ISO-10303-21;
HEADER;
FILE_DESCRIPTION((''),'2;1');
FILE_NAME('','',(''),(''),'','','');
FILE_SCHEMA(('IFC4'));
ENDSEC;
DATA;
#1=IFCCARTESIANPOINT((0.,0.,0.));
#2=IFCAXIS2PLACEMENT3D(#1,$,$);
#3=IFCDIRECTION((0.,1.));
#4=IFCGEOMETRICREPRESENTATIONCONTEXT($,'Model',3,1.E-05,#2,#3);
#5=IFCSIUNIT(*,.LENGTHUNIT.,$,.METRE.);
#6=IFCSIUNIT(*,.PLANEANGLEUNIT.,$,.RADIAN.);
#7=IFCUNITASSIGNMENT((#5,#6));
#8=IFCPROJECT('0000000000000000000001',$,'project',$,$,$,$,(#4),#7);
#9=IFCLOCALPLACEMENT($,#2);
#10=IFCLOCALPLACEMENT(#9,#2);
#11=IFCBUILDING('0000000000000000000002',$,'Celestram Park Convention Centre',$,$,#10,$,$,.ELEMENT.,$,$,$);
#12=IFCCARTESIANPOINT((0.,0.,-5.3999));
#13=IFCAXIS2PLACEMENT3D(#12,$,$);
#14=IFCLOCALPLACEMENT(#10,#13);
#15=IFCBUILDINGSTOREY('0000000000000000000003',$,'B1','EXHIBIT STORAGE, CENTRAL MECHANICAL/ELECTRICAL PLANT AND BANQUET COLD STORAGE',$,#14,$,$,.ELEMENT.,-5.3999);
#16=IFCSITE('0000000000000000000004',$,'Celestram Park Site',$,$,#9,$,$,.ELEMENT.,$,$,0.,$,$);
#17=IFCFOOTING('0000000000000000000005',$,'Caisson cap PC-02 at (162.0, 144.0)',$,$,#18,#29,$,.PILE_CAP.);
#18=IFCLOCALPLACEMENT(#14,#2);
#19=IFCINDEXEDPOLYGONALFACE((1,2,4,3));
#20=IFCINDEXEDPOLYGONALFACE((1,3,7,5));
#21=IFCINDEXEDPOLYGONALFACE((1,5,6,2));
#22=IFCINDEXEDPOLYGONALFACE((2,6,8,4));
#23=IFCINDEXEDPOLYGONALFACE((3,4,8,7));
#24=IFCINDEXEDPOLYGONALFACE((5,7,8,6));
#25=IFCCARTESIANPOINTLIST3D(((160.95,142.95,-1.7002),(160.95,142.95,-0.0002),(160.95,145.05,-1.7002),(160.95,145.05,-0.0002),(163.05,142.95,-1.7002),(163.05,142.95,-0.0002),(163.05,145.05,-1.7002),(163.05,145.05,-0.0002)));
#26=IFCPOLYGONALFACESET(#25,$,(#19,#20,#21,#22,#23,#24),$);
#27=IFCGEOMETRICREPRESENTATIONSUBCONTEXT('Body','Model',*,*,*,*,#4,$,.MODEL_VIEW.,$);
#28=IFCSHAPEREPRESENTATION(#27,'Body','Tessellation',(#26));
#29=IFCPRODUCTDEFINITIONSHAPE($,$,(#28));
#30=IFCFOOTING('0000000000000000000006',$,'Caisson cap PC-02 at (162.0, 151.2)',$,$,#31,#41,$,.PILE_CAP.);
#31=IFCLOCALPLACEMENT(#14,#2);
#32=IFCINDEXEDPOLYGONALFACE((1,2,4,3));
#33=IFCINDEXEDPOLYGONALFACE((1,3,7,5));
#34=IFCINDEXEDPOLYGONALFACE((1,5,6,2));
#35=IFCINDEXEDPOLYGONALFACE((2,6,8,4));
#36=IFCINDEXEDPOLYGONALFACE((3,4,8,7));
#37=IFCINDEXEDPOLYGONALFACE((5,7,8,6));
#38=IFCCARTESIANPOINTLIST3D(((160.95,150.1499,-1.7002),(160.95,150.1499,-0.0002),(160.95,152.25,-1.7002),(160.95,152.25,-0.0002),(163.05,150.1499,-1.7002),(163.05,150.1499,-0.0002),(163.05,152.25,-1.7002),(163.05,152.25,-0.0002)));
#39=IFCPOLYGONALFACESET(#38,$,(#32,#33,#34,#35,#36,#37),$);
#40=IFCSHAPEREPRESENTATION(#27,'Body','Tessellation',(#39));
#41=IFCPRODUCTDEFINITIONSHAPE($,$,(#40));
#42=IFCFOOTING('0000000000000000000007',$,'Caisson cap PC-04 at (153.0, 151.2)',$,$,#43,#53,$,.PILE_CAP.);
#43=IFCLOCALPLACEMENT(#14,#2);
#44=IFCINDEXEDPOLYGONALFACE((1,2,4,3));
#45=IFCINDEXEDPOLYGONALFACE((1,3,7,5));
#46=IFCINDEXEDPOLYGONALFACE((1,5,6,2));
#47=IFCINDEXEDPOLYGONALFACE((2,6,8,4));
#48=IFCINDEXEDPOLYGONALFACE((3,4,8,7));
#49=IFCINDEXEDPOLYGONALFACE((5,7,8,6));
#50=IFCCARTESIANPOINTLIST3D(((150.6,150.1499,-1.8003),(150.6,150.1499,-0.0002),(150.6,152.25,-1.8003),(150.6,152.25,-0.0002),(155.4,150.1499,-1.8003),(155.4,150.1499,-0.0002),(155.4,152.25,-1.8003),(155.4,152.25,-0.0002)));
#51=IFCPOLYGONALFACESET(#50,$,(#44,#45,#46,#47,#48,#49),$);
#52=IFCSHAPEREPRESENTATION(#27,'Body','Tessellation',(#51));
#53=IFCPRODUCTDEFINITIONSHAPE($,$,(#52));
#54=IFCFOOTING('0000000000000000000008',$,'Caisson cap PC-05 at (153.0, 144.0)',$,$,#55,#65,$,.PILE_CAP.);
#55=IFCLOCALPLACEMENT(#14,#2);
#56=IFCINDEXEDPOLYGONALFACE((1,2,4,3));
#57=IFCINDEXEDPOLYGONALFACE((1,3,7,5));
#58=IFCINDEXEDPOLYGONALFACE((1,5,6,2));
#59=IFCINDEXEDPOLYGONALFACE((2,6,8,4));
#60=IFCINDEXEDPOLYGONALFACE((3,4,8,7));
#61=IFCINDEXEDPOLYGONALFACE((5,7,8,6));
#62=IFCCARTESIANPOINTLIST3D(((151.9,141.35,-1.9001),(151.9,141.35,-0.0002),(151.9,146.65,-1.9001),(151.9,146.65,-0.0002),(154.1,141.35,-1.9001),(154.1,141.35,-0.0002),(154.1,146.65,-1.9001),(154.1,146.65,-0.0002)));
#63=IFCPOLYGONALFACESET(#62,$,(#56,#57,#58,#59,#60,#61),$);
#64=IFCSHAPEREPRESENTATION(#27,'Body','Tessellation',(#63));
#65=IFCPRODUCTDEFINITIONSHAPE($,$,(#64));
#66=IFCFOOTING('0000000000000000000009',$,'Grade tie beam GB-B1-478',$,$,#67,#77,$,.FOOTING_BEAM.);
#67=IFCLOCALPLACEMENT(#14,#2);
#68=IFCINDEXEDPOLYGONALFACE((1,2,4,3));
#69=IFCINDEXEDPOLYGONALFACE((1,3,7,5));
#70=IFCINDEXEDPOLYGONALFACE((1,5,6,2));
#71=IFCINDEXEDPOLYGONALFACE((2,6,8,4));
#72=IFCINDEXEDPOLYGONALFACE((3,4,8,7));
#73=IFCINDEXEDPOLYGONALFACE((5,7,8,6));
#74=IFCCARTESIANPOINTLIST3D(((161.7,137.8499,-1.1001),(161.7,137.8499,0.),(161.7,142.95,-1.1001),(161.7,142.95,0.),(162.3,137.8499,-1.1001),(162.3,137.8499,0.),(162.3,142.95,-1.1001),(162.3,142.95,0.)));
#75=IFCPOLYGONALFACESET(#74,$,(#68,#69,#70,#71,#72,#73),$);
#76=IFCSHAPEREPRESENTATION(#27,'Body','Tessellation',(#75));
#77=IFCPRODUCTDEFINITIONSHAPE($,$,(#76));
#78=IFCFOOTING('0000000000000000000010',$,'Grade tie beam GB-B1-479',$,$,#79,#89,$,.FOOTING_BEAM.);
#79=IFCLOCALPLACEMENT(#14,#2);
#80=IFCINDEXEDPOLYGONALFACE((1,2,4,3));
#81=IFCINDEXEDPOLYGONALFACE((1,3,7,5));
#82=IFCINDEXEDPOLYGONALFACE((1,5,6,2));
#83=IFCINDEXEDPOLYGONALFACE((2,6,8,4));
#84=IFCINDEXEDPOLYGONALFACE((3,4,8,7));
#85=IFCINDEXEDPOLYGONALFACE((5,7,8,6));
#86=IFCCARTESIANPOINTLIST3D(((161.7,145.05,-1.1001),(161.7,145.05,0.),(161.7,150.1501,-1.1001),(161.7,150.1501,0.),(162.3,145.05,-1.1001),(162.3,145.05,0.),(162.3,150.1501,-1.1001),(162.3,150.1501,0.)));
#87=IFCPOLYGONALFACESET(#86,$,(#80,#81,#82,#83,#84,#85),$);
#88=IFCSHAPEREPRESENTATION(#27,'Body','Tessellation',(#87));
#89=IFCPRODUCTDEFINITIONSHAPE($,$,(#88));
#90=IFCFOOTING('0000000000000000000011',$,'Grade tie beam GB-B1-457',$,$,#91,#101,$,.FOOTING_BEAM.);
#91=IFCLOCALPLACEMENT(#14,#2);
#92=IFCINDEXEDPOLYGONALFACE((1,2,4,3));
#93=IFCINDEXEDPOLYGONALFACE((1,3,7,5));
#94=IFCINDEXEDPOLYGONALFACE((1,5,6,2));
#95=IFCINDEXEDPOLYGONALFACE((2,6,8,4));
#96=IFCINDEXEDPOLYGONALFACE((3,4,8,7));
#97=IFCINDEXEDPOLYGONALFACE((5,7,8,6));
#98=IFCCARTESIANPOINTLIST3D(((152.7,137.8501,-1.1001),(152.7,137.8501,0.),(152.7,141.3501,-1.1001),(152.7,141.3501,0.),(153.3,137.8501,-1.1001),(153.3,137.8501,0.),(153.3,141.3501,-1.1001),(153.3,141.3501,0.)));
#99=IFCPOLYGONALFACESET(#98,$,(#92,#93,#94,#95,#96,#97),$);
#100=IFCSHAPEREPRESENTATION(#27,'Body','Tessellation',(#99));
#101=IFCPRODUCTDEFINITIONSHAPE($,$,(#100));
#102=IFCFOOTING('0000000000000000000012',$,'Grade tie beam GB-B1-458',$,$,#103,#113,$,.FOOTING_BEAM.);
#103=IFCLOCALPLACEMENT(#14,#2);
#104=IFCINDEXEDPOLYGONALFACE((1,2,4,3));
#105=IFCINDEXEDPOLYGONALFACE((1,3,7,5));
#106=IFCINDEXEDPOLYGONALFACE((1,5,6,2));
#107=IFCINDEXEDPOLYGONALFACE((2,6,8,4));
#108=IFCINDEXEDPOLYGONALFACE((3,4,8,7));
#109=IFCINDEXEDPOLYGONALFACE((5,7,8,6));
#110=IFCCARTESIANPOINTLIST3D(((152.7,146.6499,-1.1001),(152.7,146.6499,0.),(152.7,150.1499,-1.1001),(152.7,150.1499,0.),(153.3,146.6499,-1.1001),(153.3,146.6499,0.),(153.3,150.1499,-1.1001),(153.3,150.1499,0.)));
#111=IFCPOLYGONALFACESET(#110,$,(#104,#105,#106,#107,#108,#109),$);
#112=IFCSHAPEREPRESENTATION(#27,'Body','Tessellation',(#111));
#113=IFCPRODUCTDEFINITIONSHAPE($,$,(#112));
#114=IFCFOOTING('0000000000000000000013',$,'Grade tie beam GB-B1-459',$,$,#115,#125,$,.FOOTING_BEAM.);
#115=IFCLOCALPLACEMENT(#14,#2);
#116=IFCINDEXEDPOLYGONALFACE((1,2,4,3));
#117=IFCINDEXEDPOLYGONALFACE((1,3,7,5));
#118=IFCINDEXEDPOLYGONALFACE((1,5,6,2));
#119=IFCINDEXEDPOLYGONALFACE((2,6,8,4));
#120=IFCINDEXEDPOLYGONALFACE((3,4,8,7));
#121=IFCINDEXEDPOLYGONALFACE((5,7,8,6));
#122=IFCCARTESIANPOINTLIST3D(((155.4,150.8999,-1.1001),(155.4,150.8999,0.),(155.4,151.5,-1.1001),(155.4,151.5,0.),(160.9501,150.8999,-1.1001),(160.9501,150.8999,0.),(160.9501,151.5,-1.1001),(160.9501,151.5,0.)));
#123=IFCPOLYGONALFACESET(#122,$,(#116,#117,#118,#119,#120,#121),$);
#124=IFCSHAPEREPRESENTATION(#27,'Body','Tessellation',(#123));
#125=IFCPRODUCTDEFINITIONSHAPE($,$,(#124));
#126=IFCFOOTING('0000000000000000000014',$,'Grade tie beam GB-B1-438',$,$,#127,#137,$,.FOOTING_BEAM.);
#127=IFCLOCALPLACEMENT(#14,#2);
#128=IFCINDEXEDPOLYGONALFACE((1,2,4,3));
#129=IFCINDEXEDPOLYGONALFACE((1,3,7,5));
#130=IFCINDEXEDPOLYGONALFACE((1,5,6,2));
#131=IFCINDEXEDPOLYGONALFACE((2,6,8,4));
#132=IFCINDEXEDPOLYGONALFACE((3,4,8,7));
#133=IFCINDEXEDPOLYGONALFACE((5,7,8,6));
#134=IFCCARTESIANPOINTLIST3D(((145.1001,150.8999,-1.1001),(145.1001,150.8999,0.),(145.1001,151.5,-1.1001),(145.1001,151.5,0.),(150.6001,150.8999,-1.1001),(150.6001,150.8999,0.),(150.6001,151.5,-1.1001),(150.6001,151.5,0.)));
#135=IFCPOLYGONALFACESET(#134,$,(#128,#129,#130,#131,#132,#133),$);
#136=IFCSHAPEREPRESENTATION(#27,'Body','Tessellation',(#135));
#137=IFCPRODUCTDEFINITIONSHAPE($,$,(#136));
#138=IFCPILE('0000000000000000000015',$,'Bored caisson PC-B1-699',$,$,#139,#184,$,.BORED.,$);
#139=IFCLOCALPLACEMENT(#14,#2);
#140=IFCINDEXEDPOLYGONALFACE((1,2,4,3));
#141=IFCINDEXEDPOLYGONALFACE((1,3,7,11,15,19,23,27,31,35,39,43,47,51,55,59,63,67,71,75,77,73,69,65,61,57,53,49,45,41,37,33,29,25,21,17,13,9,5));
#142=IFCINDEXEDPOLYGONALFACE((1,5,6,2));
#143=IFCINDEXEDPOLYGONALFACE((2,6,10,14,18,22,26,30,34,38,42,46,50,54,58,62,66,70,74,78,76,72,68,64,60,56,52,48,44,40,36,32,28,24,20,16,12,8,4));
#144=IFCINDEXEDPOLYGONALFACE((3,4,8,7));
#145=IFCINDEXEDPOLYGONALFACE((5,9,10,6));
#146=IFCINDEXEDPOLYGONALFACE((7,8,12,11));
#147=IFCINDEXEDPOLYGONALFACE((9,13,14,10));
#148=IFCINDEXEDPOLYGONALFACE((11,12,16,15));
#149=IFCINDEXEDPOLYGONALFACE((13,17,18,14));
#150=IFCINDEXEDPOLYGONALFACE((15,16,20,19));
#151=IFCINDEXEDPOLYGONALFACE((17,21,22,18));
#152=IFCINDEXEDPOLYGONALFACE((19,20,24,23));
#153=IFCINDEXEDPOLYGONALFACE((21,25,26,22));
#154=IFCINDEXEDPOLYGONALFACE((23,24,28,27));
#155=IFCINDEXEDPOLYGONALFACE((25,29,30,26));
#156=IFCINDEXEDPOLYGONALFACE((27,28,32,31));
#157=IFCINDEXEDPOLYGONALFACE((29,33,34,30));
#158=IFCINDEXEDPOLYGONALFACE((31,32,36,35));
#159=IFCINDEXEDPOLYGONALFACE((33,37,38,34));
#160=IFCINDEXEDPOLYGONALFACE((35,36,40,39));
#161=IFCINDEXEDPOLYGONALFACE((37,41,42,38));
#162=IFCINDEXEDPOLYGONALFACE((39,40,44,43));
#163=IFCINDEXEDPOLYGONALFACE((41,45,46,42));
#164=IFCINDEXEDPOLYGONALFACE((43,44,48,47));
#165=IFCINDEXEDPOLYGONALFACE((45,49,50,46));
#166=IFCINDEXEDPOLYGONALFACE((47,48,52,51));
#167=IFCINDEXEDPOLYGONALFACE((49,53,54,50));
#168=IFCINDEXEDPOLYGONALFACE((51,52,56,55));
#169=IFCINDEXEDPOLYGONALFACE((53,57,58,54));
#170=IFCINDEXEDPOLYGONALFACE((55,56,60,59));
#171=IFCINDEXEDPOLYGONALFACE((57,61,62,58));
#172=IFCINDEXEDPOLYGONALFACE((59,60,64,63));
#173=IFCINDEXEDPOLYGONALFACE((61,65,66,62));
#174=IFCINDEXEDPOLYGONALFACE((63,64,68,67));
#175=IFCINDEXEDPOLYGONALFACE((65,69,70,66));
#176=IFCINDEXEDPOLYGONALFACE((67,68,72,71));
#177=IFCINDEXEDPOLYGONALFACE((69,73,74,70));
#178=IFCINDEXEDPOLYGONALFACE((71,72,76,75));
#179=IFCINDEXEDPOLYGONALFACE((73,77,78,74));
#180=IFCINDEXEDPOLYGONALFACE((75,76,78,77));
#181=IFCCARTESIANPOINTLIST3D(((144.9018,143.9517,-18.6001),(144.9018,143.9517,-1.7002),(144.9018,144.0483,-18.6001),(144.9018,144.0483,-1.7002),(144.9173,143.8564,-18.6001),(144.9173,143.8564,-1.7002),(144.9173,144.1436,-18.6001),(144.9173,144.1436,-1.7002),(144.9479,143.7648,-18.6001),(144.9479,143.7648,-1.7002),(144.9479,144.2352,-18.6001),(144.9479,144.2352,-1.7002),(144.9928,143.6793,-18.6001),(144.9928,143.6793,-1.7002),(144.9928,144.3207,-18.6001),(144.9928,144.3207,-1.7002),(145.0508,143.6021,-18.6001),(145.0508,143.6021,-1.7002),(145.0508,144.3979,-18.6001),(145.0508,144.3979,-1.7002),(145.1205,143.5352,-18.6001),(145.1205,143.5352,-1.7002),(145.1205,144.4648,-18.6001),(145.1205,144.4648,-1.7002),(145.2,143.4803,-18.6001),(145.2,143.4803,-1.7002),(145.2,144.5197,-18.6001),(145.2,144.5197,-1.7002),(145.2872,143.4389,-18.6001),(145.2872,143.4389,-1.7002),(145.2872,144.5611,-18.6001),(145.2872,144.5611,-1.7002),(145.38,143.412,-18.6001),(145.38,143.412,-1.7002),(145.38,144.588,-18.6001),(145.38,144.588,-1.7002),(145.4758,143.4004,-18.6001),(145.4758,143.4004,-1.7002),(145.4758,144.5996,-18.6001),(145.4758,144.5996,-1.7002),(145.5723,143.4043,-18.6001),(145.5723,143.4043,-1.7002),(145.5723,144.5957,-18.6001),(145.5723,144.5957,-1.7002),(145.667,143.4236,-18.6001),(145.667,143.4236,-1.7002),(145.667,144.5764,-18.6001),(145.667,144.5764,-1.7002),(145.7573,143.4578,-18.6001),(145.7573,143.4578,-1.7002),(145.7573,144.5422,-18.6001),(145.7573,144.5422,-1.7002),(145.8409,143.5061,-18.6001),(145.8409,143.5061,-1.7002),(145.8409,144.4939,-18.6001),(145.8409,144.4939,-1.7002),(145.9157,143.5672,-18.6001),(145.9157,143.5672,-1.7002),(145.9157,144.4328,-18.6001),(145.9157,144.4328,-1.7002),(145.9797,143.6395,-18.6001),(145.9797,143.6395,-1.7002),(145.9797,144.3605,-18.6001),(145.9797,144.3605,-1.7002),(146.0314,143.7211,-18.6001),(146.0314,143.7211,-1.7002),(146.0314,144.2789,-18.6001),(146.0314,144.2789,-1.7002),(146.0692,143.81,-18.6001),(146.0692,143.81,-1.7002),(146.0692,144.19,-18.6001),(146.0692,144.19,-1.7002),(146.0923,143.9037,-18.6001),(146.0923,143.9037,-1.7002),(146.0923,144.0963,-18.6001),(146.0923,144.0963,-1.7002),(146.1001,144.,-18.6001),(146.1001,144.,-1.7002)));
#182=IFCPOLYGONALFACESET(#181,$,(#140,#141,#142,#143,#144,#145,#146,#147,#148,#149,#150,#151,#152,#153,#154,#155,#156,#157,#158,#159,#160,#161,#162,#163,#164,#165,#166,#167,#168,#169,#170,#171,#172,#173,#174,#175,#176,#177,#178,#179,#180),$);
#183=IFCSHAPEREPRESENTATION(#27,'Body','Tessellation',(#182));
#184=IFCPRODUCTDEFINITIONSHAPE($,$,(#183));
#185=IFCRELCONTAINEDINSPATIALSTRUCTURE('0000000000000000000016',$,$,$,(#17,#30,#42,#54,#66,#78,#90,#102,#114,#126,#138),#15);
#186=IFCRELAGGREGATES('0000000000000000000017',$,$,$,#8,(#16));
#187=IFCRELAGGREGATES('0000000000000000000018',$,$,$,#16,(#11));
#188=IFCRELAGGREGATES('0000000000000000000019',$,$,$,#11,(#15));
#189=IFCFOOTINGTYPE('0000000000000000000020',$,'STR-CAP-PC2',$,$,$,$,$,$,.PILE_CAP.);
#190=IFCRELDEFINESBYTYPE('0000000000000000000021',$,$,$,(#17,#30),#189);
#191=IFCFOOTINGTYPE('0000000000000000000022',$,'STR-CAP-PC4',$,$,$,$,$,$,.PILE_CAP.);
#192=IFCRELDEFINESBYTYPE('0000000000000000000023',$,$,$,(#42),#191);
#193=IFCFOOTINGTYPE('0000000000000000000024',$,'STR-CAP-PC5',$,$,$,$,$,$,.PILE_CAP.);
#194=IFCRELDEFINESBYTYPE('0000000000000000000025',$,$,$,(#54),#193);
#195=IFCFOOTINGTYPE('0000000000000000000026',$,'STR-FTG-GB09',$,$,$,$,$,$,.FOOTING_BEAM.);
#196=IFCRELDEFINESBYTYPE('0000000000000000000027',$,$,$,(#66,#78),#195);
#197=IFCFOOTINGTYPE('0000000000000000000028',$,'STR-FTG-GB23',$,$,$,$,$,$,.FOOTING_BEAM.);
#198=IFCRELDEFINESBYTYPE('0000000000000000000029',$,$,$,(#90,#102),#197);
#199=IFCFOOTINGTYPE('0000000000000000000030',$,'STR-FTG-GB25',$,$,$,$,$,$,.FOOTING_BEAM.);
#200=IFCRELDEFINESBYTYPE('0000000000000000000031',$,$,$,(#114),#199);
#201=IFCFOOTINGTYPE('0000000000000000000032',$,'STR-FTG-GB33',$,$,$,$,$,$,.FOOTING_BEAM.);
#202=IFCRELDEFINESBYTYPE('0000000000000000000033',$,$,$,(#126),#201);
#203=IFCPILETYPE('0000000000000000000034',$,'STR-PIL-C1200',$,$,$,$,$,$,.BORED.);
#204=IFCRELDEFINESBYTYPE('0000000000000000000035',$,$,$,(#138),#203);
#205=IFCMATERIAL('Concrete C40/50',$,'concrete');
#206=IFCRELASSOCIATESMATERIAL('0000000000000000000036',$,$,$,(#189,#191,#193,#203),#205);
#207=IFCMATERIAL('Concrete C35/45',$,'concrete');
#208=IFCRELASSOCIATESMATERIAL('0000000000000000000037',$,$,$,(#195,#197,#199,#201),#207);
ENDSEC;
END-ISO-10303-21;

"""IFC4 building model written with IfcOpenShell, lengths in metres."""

from ifc_helpers import new_model, si_unit, direction, frame, origin, origin_2d, place, context, subcontext, project, spatial, rectangle, circle, extrude, material, material_profile, profile_set, type_object, element, save


model = new_model("IFC4")

# Units and contexts
model_context = context("Model", 3, precision=1e-05, world=origin(), true_north=direction((0.0, 1.0)))
body_context = subcontext(model_context, "Body", "Model", "MODEL_VIEW")
ifc_project = project(units=[si_unit("LENGTHUNIT", "METRE"), si_unit("PLANEANGLEUNIT", "RADIAN")], contexts=[model_context])

# Site, building, storey
site_placement = place(None, origin())
site = spatial("IfcSite", under=ifc_project, at=site_placement, Name="Celestram Park Site", CompositionType="ELEMENT", RefElevation=0.0)
building_placement = place(site_placement, origin())
building = spatial("IfcBuilding", under=site, at=building_placement, Name="Celestram Park Convention Centre", CompositionType="ELEMENT")
storey_placement = place(building_placement, frame((0.0, 0.0, -5.3999)))
storey = spatial("IfcBuildingStorey", under=building, at=storey_placement, Name="B1", Description="EXHIBIT STORAGE, CENTRAL MECHANICAL/ELECTRICAL PLANT AND BANQUET COLD STORAGE", CompositionType="ELEMENT", Elevation=-5.3999)

# Footings
ifc_material_1 = material(Name="Concrete C40/50", Category="concrete")
footing_type_1 = type_object("IfcFootingType", Name="STR-CAP-PC2", PredefinedType="PILE_CAP", material=ifc_material_1)
for number, where, z_axis, x_axis, name in (
    (1, (162.0, 144.0, -1.7002), (0.0, 0.0, 1.0), (1.0, 0.0, 0.0), "Caisson cap PC-02 at (162.0, 144.0)"),
    (2, (162.0, 151.2, -1.7002), (0.0, 0.0, 1.0), (1.0, 0.0, 0.0), "Caisson cap PC-02 at (162.0, 151.2)"),
):
    element("IfcFooting", number, at=place(storey_placement, frame(where, z_axis=z_axis, x_axis=x_axis)), inside=storey, type_object=footing_type_1, Name=name, PredefinedType="PILE_CAP", context=body_context, shape_type="SweptSolid", body=[
        extrude(rectangle(XDim=2.1001, YDim=2.1001, at=origin_2d()), origin(), (0.0, 0.0, 1.0), 1.7),
    ])
footing_type_2 = type_object("IfcFootingType", Name="STR-CAP-PC4", PredefinedType="PILE_CAP", material=ifc_material_1)
footing_1_placement = place(storey_placement, frame((153.0, 151.2, -1.8003), z_axis=(0.0, 0.0, 1.0), x_axis=(1.0, 0.0, 0.0)))
element("IfcFooting", 3, at=footing_1_placement, inside=storey, type_object=footing_type_2, Name="Caisson cap PC-04 at (153.0, 151.2)", PredefinedType="PILE_CAP", context=body_context, shape_type="SweptSolid", body=[
    extrude(rectangle(XDim=4.8, YDim=2.1001, at=origin_2d()), origin(), (0.0, 0.0, 1.0), 1.8),
])
footing_type_3 = type_object("IfcFootingType", Name="STR-CAP-PC5", PredefinedType="PILE_CAP", material=ifc_material_1)
footing_2_placement = place(storey_placement, frame((153.0, 144.0, -1.9001), z_axis=(0.0, 0.0, 1.0), x_axis=(1.0, 0.0, 0.0)))
element("IfcFooting", 4, at=footing_2_placement, inside=storey, type_object=footing_type_3, Name="Caisson cap PC-05 at (153.0, 144.0)", PredefinedType="PILE_CAP", context=body_context, shape_type="SweptSolid", body=[
    extrude(rectangle(XDim=2.2, YDim=5.3, at=origin_2d()), origin(), (0.0, 0.0, 1.0), 1.8999),
])
ifc_material_2 = material(Name="Concrete C35/45", Category="concrete")
footing_type_4 = type_object("IfcFootingType", Name="STR-FTG-GB09", PredefinedType="FOOTING_BEAM", material=ifc_material_2)
for number, where, z_axis, x_axis, name in (
    (5, (162.0, 140.3999, -1.1001), (0.0, 0.0, 1.0), (0.0, 1.0, 0.0), "Grade tie beam GB-B1-478"),
    (6, (162.0, 147.6001, -1.1001), (0.0, 0.0, 1.0), (0.0, 1.0, 0.0), "Grade tie beam GB-B1-479"),
):
    element("IfcFooting", number, at=place(storey_placement, frame(where, z_axis=z_axis, x_axis=x_axis)), inside=storey, type_object=footing_type_4, Name=name, PredefinedType="FOOTING_BEAM", context=body_context, shape_type="SweptSolid", body=[
        extrude(rectangle(XDim=5.1001, YDim=0.6001, at=origin_2d()), origin(), (0.0, 0.0, 1.0), 1.1001),
    ])
footing_type_5 = type_object("IfcFootingType", Name="STR-FTG-GB23", PredefinedType="FOOTING_BEAM", material=ifc_material_2)
for number, where, z_axis, x_axis, name in (
    (7, (153.0, 139.6001, -1.1001), (0.0, 0.0, 1.0), (0.0, 1.0, 0.0), "Grade tie beam GB-B1-457"),
    (8, (153.0, 148.3999, -1.1001), (0.0, 0.0, 1.0), (0.0, 1.0, 0.0), "Grade tie beam GB-B1-458"),
):
    element("IfcFooting", number, at=place(storey_placement, frame(where, z_axis=z_axis, x_axis=x_axis)), inside=storey, type_object=footing_type_5, Name=name, PredefinedType="FOOTING_BEAM", context=body_context, shape_type="SweptSolid", body=[
        extrude(rectangle(XDim=3.5, YDim=0.6001, at=origin_2d()), origin(), (0.0, 0.0, 1.0), 1.1001),
    ])
footing_type_6 = type_object("IfcFootingType", Name="STR-FTG-GB25", PredefinedType="FOOTING_BEAM", material=ifc_material_2)
footing_3_placement = place(storey_placement, frame((158.175, 151.2, -1.1001), z_axis=(0.0, 0.0, 1.0), x_axis=(1.0, 0.0, 0.0)))
element("IfcFooting", 9, at=footing_3_placement, inside=storey, type_object=footing_type_6, Name="Grade tie beam GB-B1-459", PredefinedType="FOOTING_BEAM", context=body_context, shape_type="SweptSolid", body=[
    extrude(rectangle(XDim=5.55, YDim=0.6001, at=origin_2d()), origin(), (0.0, 0.0, 1.0), 1.1001),
])
footing_type_7 = type_object("IfcFootingType", Name="STR-FTG-GB33", PredefinedType="FOOTING_BEAM", material=ifc_material_2)
footing_4_placement = place(storey_placement, frame((147.8501, 151.2, -1.1001), z_axis=(0.0, 0.0, 1.0), x_axis=(1.0, 0.0, 0.0)))
element("IfcFooting", 10, at=footing_4_placement, inside=storey, type_object=footing_type_7, Name="Grade tie beam GB-B1-438", PredefinedType="FOOTING_BEAM", context=body_context, shape_type="SweptSolid", body=[
    extrude(rectangle(XDim=5.5, YDim=0.6001, at=origin_2d()), origin(), (0.0, 0.0, 1.0), 1.1001),
])

# Pile
ifc_material_profile_1 = material_profile(ifc_material_1, circle(Radius=0.6001, at=origin_2d()), Name="CAISSON1200")
ifc_profile_set_1 = profile_set([ifc_material_profile_1], Name="Concrete C40/50")
pile_type_1 = type_object("IfcPileType", Name="STR-PIL-C1200", PredefinedType="BORED", material=ifc_profile_set_1)
for number, where, z_axis, x_axis, name in (
    (11, (145.5, 144.0, -1.7002), (0.0, 0.0, -1.0), (1.0, 0.0, 0.0), "Bored caisson PC-B1-699"),
):
    element("IfcPile", number, at=place(storey_placement, frame(where, z_axis=z_axis, x_axis=x_axis)), inside=storey, type_object=pile_type_1, Name=name, PredefinedType="BORED", context=body_context, shape_type="SweptSolid", body=[
        extrude(circle(Radius=0.6001, at=origin_2d()), origin(), (0.0, 0.0, 1.0), 16.8999),
    ])

save(model, "model.ifc")
